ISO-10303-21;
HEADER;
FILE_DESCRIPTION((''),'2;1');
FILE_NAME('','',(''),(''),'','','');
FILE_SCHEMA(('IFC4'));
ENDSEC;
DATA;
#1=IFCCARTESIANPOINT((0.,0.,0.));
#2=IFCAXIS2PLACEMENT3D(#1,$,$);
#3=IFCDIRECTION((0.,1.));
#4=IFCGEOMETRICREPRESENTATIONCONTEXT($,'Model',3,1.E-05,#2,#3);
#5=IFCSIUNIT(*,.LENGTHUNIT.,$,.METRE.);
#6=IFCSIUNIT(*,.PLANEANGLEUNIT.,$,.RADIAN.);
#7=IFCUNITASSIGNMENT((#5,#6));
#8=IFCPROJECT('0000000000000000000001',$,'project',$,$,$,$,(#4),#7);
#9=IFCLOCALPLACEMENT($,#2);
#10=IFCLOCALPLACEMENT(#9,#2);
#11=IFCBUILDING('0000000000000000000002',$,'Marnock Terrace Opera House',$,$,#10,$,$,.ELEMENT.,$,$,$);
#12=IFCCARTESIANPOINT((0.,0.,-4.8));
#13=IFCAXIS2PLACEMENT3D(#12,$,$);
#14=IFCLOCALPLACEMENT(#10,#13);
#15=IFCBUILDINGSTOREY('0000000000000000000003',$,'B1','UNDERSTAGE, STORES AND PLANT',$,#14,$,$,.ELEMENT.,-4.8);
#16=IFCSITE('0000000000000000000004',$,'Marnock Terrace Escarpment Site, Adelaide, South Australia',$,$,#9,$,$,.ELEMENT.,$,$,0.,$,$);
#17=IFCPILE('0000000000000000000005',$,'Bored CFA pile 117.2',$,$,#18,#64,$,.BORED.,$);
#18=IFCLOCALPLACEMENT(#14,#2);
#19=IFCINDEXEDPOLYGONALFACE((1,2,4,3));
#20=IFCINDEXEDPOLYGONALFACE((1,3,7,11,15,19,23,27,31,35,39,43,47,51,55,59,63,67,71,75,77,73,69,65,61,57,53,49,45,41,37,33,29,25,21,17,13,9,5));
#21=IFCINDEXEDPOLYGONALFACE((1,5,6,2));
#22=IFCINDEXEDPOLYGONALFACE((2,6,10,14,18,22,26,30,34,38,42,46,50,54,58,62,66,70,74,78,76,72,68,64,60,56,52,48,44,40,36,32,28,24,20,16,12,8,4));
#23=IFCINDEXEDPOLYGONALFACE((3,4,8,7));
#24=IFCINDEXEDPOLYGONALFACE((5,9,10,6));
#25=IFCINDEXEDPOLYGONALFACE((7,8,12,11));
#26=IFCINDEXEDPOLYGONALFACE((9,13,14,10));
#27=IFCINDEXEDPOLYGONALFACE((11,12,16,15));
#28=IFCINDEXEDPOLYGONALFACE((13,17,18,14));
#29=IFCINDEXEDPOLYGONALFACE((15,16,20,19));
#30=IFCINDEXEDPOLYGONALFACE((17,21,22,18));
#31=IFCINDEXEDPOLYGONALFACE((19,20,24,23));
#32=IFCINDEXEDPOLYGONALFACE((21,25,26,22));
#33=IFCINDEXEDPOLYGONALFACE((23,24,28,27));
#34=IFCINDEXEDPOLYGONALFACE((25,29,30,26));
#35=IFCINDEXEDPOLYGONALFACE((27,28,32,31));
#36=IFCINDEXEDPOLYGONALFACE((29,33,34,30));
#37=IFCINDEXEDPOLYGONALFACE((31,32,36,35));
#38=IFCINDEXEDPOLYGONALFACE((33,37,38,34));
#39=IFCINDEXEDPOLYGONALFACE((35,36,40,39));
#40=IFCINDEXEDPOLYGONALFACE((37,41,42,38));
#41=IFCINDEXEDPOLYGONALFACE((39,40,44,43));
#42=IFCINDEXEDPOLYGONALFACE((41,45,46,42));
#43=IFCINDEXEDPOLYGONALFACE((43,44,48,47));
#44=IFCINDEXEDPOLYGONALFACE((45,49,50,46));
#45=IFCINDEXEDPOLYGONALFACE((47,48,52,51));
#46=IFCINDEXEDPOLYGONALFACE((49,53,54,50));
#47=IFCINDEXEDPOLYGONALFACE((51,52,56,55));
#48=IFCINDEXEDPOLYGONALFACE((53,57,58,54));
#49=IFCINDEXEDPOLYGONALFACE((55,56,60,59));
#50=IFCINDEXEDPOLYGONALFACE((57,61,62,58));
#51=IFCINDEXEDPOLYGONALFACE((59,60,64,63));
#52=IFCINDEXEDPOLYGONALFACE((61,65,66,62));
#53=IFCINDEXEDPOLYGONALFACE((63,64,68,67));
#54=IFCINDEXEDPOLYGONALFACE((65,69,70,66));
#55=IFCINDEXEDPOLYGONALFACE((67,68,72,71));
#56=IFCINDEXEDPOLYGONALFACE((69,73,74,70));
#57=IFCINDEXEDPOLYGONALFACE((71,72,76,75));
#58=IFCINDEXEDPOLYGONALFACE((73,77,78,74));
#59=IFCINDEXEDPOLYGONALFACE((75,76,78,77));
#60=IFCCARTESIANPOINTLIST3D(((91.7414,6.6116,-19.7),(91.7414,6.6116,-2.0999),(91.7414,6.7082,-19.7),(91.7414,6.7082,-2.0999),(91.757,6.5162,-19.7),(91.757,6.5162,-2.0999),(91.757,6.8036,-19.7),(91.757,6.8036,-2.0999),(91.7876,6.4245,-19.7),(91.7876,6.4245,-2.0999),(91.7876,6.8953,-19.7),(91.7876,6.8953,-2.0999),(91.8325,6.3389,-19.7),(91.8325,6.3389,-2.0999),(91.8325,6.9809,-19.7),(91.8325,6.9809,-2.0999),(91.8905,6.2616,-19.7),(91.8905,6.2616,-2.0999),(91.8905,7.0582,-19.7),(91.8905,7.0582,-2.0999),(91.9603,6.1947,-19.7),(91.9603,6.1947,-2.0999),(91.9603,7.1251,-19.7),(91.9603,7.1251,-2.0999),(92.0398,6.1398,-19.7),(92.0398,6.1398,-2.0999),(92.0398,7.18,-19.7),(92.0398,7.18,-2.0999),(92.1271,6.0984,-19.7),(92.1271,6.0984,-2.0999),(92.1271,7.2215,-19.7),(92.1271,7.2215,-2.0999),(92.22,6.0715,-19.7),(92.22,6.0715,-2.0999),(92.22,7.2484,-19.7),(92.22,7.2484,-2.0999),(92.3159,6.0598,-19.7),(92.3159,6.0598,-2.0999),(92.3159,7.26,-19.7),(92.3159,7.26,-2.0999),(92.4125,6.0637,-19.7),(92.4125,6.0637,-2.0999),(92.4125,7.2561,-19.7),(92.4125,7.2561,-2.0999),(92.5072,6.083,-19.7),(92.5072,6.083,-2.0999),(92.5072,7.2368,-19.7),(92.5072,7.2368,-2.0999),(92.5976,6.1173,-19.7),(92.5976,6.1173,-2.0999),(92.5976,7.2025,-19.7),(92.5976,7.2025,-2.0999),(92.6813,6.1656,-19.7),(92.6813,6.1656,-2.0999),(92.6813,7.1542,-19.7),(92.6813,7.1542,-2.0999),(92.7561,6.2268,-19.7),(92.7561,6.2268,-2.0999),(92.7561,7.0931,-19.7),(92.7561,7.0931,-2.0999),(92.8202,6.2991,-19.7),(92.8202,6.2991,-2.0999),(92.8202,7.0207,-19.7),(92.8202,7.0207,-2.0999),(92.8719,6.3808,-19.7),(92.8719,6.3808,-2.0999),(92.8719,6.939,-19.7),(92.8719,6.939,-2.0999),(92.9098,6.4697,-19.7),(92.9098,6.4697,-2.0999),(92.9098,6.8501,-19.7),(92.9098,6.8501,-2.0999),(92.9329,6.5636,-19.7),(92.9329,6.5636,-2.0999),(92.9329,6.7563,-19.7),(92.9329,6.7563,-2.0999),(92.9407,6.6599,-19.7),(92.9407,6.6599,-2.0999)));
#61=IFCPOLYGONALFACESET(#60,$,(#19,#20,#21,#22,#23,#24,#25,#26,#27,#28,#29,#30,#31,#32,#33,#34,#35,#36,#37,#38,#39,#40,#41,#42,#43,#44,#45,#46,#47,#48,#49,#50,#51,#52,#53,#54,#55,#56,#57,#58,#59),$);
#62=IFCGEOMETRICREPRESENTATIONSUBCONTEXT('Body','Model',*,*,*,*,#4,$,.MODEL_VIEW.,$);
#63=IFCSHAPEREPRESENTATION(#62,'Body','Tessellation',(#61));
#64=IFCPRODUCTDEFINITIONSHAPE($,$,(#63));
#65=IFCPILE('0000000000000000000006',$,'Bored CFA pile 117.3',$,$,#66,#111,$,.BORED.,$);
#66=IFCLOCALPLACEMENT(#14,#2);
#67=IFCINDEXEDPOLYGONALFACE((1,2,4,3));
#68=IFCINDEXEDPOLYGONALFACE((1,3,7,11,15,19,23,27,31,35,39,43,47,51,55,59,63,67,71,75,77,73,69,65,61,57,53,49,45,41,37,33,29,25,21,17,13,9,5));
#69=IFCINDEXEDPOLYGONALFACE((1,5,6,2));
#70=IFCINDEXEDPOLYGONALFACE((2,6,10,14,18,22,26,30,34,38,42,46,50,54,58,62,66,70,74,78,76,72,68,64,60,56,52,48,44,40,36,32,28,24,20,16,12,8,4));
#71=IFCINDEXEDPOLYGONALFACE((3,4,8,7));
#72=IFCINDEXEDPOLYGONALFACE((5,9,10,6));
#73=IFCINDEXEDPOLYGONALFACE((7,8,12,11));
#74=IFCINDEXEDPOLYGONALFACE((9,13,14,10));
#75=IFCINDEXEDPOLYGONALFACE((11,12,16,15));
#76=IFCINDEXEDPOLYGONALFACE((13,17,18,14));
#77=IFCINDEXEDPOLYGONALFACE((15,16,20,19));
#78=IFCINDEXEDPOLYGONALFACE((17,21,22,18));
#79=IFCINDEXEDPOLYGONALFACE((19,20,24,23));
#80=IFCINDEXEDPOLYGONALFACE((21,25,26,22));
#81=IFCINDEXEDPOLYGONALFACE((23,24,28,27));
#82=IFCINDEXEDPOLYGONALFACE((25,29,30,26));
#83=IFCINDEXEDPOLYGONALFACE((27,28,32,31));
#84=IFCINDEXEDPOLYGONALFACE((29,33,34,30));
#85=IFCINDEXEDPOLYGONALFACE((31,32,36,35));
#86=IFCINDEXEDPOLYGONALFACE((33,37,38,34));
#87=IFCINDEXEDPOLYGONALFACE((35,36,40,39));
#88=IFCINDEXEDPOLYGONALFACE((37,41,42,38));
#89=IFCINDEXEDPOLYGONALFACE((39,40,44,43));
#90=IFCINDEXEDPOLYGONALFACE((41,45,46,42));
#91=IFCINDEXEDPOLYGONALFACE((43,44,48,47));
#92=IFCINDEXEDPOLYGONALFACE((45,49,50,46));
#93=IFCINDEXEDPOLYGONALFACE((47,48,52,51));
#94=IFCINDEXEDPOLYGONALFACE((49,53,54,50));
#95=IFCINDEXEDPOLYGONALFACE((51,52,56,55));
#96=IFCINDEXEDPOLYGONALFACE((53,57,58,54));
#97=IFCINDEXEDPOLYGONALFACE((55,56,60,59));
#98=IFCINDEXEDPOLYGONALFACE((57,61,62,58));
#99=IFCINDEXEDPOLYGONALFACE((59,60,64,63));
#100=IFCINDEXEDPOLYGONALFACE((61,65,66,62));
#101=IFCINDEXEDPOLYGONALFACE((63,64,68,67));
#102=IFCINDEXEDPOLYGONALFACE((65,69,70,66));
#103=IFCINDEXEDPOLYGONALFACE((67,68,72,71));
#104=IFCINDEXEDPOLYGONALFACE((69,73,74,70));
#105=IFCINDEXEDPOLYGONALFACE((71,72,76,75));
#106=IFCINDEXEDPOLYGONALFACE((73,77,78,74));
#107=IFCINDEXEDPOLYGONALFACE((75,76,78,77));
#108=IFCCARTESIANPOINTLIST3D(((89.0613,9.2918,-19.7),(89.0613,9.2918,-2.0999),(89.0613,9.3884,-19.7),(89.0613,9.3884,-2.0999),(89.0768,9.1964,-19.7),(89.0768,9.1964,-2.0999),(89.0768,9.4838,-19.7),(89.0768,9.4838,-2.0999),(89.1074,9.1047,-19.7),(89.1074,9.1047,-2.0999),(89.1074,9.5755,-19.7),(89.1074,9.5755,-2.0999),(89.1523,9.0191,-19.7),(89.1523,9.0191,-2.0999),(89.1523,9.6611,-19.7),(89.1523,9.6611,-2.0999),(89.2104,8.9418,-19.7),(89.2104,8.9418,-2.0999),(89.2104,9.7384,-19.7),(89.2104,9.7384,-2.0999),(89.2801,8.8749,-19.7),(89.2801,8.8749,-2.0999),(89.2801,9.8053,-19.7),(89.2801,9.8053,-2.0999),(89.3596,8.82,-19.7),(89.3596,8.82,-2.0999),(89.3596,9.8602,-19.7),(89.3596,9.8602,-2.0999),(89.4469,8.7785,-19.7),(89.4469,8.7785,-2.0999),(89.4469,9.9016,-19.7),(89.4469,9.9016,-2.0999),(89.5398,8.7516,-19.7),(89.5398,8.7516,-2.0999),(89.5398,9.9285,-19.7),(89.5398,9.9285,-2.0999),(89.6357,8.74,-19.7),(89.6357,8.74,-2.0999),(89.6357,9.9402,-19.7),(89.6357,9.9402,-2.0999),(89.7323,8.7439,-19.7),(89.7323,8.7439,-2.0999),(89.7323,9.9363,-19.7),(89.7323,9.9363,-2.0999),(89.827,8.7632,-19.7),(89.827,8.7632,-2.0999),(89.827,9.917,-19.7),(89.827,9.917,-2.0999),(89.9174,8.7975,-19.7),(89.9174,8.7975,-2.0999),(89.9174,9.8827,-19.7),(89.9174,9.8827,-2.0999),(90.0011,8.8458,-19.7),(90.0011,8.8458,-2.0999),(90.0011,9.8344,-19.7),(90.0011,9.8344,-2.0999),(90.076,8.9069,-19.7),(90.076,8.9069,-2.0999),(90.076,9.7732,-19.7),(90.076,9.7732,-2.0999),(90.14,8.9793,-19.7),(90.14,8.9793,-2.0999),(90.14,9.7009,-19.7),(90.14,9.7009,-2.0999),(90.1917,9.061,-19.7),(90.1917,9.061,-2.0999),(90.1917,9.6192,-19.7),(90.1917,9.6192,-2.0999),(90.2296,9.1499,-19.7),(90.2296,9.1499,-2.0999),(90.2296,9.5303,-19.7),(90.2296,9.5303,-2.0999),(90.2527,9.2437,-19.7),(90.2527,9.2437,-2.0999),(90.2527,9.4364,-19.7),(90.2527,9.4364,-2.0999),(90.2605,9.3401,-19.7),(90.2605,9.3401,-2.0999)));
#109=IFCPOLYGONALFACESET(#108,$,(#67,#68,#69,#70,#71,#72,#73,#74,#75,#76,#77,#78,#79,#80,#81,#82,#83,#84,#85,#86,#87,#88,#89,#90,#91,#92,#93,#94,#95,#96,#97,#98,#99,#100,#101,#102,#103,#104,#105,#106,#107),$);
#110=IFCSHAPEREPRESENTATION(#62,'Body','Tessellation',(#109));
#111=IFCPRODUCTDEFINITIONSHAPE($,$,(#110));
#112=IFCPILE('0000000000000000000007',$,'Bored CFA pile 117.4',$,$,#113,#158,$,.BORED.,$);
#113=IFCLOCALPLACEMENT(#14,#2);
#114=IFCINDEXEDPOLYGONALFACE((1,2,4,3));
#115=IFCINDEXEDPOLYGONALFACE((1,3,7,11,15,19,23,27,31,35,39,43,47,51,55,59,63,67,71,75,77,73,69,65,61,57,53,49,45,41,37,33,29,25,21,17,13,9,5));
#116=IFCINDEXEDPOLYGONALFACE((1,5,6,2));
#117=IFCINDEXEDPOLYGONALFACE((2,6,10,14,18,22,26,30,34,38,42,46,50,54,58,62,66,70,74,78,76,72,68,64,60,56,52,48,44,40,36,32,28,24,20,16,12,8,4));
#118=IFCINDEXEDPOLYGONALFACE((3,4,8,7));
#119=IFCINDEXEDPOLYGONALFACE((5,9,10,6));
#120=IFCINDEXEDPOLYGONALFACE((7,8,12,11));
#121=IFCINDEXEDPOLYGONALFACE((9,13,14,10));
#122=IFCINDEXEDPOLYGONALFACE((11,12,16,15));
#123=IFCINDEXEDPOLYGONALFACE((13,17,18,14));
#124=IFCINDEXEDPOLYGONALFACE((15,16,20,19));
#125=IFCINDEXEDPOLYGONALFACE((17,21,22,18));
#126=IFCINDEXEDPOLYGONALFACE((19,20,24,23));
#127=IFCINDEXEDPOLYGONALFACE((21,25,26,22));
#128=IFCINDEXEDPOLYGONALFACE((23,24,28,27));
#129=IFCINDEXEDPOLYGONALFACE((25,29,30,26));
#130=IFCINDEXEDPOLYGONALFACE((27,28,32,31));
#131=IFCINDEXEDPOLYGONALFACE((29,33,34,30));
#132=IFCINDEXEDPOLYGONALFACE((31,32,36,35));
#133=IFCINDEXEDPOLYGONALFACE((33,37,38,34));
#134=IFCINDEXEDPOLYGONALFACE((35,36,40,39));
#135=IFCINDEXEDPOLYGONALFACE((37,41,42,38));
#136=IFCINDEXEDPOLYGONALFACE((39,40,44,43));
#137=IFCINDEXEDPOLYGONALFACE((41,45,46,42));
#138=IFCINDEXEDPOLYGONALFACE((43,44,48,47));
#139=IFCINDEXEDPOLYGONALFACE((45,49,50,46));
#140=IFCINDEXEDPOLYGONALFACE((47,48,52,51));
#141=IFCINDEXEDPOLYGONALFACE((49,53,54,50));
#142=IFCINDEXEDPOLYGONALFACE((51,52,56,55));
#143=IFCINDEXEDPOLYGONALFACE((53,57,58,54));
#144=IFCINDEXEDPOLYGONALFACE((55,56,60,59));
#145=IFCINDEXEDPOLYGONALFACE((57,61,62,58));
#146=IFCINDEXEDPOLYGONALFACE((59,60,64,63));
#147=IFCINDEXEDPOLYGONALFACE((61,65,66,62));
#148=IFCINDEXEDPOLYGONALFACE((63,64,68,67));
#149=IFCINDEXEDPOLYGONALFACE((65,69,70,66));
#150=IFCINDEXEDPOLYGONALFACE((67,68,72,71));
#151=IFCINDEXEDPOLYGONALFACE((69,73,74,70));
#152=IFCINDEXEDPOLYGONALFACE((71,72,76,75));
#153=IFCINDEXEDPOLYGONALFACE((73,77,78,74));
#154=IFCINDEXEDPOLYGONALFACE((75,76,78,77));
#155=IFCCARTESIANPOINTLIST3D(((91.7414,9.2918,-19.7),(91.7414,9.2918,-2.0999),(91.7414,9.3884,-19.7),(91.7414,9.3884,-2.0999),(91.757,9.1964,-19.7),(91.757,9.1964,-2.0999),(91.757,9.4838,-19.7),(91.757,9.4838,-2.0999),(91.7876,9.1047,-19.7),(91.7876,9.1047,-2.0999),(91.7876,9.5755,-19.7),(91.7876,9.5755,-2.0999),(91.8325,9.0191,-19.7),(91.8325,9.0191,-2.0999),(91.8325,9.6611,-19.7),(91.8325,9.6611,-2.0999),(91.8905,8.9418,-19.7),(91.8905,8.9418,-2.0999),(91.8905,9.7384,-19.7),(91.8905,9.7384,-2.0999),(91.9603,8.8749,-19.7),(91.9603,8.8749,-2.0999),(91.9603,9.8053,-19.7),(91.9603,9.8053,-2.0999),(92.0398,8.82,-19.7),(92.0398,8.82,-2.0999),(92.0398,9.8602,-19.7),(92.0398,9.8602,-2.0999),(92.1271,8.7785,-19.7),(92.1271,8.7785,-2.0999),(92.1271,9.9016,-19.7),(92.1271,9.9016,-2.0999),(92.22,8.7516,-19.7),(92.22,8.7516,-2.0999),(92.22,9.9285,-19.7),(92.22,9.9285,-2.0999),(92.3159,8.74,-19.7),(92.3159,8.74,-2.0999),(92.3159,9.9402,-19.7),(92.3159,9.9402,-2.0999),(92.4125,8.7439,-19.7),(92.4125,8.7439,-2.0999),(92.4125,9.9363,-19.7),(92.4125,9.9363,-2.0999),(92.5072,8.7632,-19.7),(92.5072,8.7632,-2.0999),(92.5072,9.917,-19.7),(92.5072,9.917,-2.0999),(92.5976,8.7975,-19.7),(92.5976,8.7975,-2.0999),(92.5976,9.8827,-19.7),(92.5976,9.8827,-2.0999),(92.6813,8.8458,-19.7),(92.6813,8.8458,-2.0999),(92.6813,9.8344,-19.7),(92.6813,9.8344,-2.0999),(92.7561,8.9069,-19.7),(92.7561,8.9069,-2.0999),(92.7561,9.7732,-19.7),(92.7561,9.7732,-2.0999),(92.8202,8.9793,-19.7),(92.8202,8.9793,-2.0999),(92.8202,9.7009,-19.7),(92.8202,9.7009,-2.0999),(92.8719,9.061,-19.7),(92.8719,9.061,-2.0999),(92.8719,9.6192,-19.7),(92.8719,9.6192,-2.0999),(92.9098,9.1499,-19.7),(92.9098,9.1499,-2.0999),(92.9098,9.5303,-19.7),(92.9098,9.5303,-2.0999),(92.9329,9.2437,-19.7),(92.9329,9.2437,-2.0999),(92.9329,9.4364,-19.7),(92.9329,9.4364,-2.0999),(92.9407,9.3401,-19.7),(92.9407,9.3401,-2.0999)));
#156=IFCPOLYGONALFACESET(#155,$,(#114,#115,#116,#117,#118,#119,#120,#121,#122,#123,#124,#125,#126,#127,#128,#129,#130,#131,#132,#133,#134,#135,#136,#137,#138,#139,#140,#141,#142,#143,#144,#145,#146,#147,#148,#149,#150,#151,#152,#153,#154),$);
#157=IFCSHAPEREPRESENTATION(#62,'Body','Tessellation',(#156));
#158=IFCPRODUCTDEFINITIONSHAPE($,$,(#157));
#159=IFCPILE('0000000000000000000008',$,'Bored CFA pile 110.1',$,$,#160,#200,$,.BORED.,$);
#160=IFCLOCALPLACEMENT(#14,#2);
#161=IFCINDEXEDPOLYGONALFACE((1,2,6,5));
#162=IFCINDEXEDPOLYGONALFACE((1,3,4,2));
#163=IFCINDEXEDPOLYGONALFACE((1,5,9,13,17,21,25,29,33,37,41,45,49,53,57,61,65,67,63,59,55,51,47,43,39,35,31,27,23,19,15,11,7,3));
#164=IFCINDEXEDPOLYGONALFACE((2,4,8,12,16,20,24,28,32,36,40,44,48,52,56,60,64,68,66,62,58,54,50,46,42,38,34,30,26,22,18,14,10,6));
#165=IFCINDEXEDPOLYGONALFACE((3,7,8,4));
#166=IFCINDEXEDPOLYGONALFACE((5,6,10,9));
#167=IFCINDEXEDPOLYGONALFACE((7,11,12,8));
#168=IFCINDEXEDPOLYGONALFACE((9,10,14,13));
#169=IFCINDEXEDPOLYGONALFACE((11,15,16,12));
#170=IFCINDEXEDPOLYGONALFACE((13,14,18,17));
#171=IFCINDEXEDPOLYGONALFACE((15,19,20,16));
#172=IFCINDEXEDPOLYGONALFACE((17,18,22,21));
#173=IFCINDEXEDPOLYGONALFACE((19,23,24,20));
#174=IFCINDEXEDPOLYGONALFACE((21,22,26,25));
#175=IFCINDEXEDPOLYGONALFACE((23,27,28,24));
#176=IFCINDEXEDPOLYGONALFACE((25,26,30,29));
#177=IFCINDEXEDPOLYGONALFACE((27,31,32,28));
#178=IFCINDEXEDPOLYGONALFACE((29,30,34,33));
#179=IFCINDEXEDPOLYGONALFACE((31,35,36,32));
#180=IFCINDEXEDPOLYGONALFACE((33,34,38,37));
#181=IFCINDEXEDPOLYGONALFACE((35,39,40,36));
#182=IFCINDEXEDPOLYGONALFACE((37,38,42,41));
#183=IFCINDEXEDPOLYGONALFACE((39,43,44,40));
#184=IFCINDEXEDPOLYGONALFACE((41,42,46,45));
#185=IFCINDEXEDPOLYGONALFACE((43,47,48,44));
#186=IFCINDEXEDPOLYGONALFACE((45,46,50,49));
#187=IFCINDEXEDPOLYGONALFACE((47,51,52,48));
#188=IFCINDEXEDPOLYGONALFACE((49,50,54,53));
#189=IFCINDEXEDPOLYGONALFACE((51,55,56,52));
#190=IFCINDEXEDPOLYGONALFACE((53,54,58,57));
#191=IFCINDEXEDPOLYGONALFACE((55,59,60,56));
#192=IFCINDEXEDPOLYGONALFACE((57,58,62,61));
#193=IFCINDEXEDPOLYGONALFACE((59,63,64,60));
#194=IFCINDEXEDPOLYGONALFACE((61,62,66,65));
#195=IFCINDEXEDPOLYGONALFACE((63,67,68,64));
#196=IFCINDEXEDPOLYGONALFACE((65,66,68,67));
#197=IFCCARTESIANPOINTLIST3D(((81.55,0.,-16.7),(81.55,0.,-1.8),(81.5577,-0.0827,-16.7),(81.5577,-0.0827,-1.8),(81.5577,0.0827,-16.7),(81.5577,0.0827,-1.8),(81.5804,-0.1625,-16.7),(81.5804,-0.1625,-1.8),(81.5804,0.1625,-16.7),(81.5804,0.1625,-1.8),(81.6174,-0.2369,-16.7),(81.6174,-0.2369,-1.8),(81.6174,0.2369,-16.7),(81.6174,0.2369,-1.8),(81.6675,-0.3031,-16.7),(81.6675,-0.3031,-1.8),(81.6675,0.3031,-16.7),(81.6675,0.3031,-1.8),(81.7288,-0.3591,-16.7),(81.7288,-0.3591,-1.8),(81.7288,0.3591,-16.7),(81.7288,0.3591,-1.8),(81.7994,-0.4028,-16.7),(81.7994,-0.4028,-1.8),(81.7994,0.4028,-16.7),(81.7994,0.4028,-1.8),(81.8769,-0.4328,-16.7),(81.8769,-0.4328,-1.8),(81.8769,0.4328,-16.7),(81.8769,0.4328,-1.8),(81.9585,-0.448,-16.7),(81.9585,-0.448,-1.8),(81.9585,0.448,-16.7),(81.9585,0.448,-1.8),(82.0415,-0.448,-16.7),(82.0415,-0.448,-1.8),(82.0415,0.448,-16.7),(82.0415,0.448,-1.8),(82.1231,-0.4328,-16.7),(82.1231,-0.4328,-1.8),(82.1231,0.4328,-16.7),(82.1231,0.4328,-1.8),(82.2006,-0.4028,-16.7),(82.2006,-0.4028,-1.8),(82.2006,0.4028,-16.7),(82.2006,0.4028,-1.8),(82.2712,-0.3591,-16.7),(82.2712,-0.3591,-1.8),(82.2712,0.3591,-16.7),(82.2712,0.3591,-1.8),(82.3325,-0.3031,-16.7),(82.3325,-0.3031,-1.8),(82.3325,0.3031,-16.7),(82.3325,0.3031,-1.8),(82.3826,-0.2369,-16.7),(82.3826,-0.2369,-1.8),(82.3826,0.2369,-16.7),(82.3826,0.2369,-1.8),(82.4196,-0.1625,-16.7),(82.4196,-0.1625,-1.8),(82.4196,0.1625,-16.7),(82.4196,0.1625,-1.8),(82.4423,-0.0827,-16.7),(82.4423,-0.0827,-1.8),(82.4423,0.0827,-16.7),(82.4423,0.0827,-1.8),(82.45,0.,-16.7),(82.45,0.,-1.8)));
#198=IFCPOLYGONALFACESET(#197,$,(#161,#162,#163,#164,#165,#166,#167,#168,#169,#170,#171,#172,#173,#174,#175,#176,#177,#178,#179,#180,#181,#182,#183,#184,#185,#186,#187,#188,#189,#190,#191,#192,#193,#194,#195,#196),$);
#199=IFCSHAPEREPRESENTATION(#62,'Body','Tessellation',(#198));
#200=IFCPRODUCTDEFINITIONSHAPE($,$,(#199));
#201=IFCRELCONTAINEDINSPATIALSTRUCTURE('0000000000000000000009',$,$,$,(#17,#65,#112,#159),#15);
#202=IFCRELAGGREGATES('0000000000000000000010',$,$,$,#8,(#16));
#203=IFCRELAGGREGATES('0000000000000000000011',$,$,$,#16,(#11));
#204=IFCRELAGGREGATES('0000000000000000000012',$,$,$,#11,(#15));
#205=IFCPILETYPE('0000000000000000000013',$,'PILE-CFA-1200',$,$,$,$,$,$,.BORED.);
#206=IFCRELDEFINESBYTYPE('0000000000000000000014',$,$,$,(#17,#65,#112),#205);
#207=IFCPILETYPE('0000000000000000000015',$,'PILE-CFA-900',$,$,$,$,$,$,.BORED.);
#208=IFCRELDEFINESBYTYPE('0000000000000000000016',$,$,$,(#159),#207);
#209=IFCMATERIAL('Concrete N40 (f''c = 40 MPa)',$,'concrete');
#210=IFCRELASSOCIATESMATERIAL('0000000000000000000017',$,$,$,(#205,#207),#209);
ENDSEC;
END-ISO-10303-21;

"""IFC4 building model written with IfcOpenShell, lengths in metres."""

from ifc_helpers import new_model, si_unit, direction, frame, origin, origin_2d, place, context, subcontext, project, spatial, circle, extrude, material, material_profile, profile_set, type_object, element, save


model = new_model("IFC4")

# Units and contexts
model_context = context("Model", 3, precision=1e-05, world=origin(), true_north=direction((0.0, 1.0)))
body_context = subcontext(model_context, "Body", "Model", "MODEL_VIEW")
ifc_project = project(units=[si_unit("LENGTHUNIT", "METRE"), si_unit("PLANEANGLEUNIT", "RADIAN")], contexts=[model_context])

# Site, building, storey
site_placement = place(None, origin())
site = spatial("IfcSite", under=ifc_project, at=site_placement, Name="Marnock Terrace Escarpment Site, Adelaide, South Australia", CompositionType="ELEMENT", RefElevation=0.0)
building_placement = place(site_placement, origin())
building = spatial("IfcBuilding", under=site, at=building_placement, Name="Marnock Terrace Opera House", CompositionType="ELEMENT")
storey_placement = place(building_placement, frame((0.0, 0.0, -4.8)))
storey = spatial("IfcBuildingStorey", under=building, at=storey_placement, Name="B1", Description="UNDERSTAGE, STORES AND PLANT", CompositionType="ELEMENT", Elevation=-4.8)

# Shared definitions
ifc_material_1 = material(Name="Concrete N40 (f'c = 40 MPa)", Category="concrete")

# Piles
ifc_material_profile_1 = material_profile(ifc_material_1, circle(Radius=0.6006, at=origin_2d()))
ifc_profile_set_1 = profile_set([ifc_material_profile_1], Name="Concrete N40 (f'c = 40 MPa)")
pile_type_1 = type_object("IfcPileType", Name="PILE-CFA-1200", PredefinedType="BORED", material=ifc_profile_set_1)
for number, where, z_axis, x_axis, name in (
    (1, (92.3401, 6.6599, -2.0999), (0.0, 0.0, -1.0), (1.0, 0.0, 0.0), "Bored CFA pile 117.2"),
    (2, (89.6599, 9.3401, -2.0999), (0.0, 0.0, -1.0), (1.0, 0.0, 0.0), "Bored CFA pile 117.3"),
    (3, (92.3401, 9.3401, -2.0999), (0.0, 0.0, -1.0), (1.0, 0.0, 0.0), "Bored CFA pile 117.4"),
):
    element("IfcPile", number, at=place(storey_placement, frame(where, z_axis=z_axis, x_axis=x_axis)), inside=storey, type_object=pile_type_1, Name=name, PredefinedType="BORED", context=body_context, shape_type="SweptSolid", body=[
        extrude(circle(Radius=0.6006, at=origin_2d()), origin(), (0.0, 0.0, 1.0), 17.6001),
    ])
ifc_material_profile_2 = material_profile(ifc_material_1, circle(Radius=0.45, at=origin_2d()))
ifc_profile_set_2 = profile_set([ifc_material_profile_2], Name="Concrete N40 (f'c = 40 MPa)")
pile_type_2 = type_object("IfcPileType", Name="PILE-CFA-900", PredefinedType="BORED", material=ifc_profile_set_2)
pile_1_placement = place(storey_placement, frame((82.0, 0.0, -1.8), z_axis=(0.0, 0.0, -1.0), x_axis=(1.0, 0.0, 0.0)))
element("IfcPile", 4, at=pile_1_placement, inside=storey, type_object=pile_type_2, Name="Bored CFA pile 110.1", PredefinedType="BORED", context=body_context, shape_type="SweptSolid", body=[
    extrude(circle(Radius=0.45, at=origin_2d()), origin(), (0.0, 0.0, 1.0), 14.8999),
])

save(model, "model.ifc")
